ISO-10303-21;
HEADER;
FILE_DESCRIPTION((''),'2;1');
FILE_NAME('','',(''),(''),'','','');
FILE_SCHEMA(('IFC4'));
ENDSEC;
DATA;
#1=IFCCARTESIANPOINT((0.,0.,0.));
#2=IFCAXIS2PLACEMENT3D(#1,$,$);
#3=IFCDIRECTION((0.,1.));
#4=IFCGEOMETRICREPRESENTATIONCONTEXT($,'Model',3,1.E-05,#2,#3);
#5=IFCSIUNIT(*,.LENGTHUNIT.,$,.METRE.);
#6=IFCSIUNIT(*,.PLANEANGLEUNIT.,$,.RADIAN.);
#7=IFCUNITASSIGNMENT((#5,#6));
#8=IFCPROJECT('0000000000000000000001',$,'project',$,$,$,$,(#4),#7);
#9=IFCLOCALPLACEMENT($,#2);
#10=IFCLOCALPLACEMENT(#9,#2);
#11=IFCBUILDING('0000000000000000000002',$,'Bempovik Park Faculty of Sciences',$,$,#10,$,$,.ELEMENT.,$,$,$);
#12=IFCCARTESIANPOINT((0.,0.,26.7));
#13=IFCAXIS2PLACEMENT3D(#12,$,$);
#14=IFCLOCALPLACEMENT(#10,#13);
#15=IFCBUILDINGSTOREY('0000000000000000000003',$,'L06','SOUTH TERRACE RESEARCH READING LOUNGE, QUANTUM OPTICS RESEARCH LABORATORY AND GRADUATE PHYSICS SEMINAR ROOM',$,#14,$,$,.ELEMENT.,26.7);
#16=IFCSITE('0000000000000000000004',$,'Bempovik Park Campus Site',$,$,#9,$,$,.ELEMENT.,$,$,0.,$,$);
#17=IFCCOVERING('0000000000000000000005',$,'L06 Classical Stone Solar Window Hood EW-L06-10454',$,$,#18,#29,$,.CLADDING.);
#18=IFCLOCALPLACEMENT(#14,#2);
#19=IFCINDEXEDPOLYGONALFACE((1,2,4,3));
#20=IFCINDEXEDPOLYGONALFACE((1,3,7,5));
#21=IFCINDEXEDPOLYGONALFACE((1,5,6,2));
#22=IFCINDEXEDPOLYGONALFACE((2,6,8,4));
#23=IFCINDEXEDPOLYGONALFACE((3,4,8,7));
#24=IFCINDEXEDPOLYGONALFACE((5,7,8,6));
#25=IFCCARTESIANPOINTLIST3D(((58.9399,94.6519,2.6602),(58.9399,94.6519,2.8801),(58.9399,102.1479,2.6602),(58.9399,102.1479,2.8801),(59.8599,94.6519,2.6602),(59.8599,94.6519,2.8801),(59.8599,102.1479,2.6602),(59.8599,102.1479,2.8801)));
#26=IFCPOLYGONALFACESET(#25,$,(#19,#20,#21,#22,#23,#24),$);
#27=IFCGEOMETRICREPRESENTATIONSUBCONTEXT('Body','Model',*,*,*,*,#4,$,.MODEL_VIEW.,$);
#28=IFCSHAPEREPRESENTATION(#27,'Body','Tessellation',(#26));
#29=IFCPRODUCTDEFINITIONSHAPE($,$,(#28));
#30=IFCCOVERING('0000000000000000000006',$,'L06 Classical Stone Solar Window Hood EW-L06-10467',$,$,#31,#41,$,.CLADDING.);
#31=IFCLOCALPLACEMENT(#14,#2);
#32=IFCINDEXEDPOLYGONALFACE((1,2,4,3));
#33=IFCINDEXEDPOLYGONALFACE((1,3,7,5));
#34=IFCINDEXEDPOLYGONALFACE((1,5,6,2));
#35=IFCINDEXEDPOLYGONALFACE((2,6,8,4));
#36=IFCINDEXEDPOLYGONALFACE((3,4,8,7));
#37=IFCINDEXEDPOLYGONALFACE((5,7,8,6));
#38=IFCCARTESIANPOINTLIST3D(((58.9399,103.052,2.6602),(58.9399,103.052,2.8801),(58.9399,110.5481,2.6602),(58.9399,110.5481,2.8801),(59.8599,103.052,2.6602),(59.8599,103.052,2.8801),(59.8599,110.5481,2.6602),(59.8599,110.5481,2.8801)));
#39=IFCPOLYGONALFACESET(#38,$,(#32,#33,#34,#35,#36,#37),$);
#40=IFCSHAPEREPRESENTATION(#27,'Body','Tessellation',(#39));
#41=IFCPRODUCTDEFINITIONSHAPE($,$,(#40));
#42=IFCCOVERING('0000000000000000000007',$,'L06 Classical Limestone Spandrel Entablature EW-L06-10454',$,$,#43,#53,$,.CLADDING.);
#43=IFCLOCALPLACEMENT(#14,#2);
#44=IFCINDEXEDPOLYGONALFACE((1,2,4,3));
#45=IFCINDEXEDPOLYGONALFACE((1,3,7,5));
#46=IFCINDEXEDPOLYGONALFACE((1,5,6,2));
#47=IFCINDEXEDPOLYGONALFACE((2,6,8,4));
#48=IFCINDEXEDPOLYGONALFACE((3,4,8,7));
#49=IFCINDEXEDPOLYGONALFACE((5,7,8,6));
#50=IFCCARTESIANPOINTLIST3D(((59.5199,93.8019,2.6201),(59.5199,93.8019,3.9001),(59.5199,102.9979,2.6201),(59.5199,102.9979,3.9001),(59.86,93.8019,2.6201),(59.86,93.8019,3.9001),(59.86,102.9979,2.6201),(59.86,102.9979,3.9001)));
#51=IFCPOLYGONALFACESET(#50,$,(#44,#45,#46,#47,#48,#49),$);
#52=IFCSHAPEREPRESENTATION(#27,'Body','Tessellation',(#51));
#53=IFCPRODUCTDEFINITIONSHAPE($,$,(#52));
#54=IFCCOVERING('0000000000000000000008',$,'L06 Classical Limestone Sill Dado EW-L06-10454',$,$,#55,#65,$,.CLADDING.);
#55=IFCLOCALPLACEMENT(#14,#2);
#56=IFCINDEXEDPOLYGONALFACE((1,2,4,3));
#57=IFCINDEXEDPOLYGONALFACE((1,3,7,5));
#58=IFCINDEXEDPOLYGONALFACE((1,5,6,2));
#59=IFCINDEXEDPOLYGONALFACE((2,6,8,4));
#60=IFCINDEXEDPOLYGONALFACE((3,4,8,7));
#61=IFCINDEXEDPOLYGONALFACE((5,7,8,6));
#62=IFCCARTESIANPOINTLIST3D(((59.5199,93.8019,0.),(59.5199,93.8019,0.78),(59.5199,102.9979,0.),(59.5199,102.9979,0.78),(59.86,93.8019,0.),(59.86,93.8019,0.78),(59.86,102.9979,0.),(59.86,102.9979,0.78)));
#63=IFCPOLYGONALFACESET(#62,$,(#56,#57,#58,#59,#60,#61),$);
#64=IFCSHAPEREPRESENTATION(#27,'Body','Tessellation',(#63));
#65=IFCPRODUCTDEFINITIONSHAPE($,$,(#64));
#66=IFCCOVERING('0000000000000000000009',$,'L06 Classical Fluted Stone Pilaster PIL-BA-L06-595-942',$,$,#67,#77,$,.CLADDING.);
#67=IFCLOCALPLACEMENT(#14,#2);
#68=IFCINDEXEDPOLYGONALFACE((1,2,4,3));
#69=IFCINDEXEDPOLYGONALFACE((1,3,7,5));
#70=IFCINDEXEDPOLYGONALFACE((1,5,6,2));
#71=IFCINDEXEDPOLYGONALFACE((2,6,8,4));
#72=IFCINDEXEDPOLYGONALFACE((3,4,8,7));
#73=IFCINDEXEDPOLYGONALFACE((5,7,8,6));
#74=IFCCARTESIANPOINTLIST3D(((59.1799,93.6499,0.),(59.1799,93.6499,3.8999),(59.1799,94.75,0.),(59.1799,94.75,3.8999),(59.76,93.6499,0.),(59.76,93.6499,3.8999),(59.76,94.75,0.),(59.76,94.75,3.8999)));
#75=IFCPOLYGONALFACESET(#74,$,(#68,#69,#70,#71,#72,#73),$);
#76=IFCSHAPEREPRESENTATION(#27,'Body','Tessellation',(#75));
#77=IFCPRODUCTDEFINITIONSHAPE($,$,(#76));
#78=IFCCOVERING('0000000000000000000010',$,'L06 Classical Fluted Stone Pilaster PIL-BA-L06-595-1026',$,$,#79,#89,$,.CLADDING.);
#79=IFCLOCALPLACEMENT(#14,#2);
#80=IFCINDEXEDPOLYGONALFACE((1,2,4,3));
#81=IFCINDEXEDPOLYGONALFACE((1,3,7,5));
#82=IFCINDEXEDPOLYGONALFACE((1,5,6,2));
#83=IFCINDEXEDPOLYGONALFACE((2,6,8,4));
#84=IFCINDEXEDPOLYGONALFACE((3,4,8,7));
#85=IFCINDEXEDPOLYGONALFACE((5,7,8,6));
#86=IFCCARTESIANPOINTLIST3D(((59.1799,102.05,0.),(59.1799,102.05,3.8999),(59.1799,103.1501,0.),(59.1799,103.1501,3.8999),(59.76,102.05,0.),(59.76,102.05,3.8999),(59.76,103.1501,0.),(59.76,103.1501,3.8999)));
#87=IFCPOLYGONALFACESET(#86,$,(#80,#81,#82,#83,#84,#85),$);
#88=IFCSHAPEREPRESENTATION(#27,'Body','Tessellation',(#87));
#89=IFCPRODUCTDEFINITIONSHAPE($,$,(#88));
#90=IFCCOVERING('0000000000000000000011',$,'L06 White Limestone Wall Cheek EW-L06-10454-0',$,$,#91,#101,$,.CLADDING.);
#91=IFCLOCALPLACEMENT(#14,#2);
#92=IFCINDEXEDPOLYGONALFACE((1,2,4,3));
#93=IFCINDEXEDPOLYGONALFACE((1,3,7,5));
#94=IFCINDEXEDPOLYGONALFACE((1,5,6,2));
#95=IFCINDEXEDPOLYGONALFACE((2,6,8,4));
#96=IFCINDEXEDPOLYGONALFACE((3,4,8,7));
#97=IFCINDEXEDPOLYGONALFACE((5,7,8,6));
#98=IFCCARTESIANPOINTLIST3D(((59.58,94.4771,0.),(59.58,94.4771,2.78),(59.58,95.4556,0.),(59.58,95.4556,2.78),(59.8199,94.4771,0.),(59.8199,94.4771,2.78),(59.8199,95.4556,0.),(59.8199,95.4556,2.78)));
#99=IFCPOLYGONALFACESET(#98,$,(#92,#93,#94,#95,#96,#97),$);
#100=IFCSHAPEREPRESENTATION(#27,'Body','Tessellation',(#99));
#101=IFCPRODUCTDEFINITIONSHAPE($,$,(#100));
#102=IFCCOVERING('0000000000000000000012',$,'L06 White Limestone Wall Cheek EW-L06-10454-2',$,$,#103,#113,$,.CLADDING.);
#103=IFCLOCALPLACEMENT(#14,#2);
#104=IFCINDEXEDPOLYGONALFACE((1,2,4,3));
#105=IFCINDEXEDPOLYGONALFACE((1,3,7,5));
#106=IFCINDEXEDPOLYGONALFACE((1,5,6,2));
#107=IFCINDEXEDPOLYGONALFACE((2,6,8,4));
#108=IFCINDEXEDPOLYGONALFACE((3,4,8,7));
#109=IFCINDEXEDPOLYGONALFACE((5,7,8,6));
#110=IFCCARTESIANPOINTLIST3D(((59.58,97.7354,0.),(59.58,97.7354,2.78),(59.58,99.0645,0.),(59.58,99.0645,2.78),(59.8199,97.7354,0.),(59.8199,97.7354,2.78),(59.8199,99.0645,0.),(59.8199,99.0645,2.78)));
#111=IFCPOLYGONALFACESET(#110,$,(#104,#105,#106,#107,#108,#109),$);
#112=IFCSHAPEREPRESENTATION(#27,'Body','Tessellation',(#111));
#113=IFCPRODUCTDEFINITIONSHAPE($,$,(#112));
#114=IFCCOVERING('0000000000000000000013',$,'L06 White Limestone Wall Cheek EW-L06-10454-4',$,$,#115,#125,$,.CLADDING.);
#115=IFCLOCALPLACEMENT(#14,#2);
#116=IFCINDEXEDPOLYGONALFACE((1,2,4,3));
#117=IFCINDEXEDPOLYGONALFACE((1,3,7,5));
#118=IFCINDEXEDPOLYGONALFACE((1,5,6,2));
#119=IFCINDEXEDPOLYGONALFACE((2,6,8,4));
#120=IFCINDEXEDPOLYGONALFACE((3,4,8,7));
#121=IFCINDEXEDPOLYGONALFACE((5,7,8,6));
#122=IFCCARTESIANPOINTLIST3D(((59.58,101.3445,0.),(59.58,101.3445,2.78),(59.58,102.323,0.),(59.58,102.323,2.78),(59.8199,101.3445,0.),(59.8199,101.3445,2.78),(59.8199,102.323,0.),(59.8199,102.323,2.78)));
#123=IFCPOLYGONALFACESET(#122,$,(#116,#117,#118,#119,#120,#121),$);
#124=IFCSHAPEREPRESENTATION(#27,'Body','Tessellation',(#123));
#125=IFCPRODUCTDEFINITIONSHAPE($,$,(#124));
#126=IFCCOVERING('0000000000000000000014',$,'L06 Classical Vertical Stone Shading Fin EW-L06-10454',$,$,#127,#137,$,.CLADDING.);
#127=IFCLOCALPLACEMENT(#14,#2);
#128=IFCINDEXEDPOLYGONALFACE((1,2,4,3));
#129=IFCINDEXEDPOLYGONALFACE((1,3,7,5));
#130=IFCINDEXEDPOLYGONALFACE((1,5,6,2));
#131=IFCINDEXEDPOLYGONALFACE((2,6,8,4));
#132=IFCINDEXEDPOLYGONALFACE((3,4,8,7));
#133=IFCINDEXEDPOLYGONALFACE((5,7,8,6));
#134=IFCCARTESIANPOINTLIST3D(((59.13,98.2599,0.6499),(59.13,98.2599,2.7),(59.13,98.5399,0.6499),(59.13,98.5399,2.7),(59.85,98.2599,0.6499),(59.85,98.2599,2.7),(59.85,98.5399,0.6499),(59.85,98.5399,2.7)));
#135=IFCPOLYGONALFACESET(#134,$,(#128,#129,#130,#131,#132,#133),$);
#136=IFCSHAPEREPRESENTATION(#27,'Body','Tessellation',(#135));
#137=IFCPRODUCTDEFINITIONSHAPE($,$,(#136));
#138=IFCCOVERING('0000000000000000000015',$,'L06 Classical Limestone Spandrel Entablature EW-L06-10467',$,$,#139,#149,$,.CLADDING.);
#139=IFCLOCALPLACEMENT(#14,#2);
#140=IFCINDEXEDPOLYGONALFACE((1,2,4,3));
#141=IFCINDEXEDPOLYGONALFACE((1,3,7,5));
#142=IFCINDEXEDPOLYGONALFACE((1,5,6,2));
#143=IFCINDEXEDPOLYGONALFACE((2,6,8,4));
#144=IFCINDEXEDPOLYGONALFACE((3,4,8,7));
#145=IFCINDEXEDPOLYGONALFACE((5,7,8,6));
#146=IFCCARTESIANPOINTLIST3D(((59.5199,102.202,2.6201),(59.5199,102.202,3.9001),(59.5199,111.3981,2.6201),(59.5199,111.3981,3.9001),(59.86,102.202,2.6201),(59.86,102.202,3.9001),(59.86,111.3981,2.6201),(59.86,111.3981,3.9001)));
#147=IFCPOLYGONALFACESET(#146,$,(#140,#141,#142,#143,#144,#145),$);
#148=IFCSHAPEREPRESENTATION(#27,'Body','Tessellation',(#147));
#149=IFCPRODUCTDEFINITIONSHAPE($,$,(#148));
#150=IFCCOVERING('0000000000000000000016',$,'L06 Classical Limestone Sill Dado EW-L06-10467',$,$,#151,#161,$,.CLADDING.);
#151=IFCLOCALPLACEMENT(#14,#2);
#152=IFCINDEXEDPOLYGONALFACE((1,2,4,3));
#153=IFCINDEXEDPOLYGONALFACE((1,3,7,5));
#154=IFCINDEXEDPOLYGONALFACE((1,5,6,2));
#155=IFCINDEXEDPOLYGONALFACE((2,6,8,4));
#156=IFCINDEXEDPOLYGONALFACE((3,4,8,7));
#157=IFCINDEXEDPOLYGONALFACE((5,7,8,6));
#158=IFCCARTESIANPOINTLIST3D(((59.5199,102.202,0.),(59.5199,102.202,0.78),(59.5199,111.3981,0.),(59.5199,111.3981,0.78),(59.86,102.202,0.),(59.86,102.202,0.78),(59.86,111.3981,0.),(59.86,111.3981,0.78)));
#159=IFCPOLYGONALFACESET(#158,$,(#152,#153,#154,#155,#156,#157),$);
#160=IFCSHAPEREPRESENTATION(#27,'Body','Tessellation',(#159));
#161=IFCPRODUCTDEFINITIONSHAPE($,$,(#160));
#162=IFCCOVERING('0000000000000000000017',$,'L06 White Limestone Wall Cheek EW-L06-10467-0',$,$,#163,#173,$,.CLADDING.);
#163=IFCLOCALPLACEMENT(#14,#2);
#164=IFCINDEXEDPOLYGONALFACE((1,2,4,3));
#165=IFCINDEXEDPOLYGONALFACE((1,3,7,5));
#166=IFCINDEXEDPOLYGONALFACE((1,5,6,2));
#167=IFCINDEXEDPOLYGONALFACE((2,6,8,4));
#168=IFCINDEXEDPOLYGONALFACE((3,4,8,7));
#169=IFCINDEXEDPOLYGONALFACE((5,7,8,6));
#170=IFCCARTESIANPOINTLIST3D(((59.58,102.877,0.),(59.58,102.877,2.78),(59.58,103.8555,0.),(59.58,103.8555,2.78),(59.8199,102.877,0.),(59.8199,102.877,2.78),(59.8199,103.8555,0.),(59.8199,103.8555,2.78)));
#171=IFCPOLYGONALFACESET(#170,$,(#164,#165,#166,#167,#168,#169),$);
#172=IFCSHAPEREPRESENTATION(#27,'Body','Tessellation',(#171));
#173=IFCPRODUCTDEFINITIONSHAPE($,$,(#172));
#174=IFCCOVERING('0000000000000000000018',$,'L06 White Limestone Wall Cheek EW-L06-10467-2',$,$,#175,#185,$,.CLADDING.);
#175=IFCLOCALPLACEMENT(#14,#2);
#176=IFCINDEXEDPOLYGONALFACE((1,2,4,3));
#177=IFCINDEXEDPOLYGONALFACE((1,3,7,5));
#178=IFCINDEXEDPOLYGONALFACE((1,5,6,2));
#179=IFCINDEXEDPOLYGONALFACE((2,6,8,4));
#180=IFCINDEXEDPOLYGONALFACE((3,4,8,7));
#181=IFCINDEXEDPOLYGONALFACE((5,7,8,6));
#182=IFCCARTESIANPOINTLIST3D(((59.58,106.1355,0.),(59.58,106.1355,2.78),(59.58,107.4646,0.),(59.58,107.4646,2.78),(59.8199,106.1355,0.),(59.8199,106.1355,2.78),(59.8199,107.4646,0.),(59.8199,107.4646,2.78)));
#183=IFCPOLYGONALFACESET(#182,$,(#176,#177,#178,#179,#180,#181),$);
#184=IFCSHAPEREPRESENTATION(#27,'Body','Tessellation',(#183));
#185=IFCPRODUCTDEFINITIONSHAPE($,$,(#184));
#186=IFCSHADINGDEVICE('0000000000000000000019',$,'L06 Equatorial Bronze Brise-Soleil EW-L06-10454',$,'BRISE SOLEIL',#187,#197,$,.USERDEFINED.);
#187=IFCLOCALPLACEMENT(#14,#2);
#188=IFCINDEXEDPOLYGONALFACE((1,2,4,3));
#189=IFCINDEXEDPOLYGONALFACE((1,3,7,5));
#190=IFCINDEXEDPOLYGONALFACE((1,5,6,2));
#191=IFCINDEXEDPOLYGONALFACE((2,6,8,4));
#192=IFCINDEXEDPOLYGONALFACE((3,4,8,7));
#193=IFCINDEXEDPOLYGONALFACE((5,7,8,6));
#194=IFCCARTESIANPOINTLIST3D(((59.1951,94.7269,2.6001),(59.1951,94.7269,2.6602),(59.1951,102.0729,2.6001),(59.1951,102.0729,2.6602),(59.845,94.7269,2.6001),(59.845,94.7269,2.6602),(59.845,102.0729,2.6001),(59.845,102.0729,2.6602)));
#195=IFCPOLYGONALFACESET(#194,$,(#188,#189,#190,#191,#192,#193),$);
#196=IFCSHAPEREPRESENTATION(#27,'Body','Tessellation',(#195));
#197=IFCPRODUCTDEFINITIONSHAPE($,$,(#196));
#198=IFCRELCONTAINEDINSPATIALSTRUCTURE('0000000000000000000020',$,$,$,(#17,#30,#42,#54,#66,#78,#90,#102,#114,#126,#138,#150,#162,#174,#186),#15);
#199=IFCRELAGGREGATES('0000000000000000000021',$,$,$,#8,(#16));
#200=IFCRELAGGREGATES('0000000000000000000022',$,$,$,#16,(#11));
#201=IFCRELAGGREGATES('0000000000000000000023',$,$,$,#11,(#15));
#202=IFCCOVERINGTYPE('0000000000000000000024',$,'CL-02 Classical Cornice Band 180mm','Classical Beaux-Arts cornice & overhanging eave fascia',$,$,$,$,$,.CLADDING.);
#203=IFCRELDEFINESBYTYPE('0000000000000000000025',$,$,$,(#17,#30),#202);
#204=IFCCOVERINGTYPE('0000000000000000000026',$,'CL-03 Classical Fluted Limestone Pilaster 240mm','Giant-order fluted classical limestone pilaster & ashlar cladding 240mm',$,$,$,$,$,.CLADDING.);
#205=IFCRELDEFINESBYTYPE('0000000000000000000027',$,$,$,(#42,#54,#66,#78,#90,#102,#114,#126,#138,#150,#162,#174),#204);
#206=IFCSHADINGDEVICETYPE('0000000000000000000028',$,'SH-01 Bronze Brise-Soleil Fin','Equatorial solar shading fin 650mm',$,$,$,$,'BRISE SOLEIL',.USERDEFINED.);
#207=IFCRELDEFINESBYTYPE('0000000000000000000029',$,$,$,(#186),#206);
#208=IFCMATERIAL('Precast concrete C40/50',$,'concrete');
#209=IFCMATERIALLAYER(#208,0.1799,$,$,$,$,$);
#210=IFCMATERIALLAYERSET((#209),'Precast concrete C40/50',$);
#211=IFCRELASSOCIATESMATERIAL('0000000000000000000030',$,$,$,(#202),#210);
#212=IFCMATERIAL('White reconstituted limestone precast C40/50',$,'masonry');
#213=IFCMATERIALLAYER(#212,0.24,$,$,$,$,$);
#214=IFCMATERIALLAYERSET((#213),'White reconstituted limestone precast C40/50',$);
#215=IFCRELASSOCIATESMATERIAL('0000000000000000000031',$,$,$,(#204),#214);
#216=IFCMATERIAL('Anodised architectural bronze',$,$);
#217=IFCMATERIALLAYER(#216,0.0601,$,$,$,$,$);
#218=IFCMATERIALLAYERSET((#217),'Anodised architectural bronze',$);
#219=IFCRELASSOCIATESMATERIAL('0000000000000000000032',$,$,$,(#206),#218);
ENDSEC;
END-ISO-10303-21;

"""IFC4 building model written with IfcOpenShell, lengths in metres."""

from ifc_helpers import new_model, si_unit, direction, frame, origin, origin_2d, place, context, subcontext, project, spatial, rectangle, extrude, material, layer, layer_set, type_object, element, save


model = new_model("IFC4")

# Units and contexts
model_context = context("Model", 3, precision=1e-05, world=origin(), true_north=direction((0.0, 1.0)))
body_context = subcontext(model_context, "Body", "Model", "MODEL_VIEW")
ifc_project = project(units=[si_unit("LENGTHUNIT", "METRE"), si_unit("PLANEANGLEUNIT", "RADIAN")], contexts=[model_context])

# Site, building, storey
site_placement = place(None, origin())
site = spatial("IfcSite", under=ifc_project, at=site_placement, Name="Bempovik Park Campus Site", CompositionType="ELEMENT", RefElevation=0.0)
building_placement = place(site_placement, origin())
building = spatial("IfcBuilding", under=site, at=building_placement, Name="Bempovik Park Faculty of Sciences", CompositionType="ELEMENT")
storey_placement = place(building_placement, frame((0.0, 0.0, 26.7)))
storey = spatial("IfcBuildingStorey", under=building, at=storey_placement, Name="L06", Description="SOUTH TERRACE RESEARCH READING LOUNGE, QUANTUM OPTICS RESEARCH LABORATORY AND GRADUATE PHYSICS SEMINAR ROOM", CompositionType="ELEMENT", Elevation=26.7)

# Shared definitions
ifc_material_1 = material(Name="Precast concrete C40/50", Category="concrete")

# Coverings
ifc_layer_1 = layer(ifc_material_1, 0.1799)
ifc_layer_set_1 = layer_set([ifc_layer_1], Name="Precast concrete C40/50")
covering_type_1 = type_object("IfcCoveringType", Name="CL-02 Classical Cornice Band 180mm", Description="Classical Beaux-Arts cornice & overhanging eave fascia", PredefinedType="CLADDING", material=ifc_layer_set_1)
for number, where, z_axis, x_axis, name in (
    (1, (59.3999, 98.3999, 2.6602), (0.0, 0.0, 1.0), (1.0, 0.0, 0.0), "L06 Classical Stone Solar Window Hood EW-L06-10454"),
    (2, (59.3999, 106.8, 2.6602), (0.0, 0.0, 1.0), (1.0, 0.0, 0.0), "L06 Classical Stone Solar Window Hood EW-L06-10467"),
):
    element("IfcCovering", number, at=place(storey_placement, frame(where, z_axis=z_axis, x_axis=x_axis)), inside=storey, type_object=covering_type_1, Name=name, PredefinedType="CLADDING", context=body_context, shape_type="SweptSolid", body=[
        extrude(rectangle(XDim=0.9199, YDim=7.4961, at=origin_2d()), origin(), (0.0, 0.0, 1.0), 0.22),
    ])
ifc_material_2 = material(Name="White reconstituted limestone precast C40/50", Category="masonry")
ifc_layer_2 = layer(ifc_material_2, 0.24)
ifc_layer_set_2 = layer_set([ifc_layer_2], Name="White reconstituted limestone precast C40/50")
covering_type_2 = type_object("IfcCoveringType", Name="CL-03 Classical Fluted Limestone Pilaster 240mm", Description="Giant-order fluted classical limestone pilaster & ashlar cladding 240mm", PredefinedType="CLADDING", material=ifc_layer_set_2)
covering_1_placement = place(storey_placement, frame((59.6899, 98.3999, 2.6201), z_axis=(0.0, 0.0, 1.0), x_axis=(1.0, 0.0, 0.0)))
element("IfcCovering", 3, at=covering_1_placement, inside=storey, type_object=covering_type_2, Name="L06 Classical Limestone Spandrel Entablature EW-L06-10454", PredefinedType="CLADDING", context=body_context, shape_type="SweptSolid", body=[
    extrude(rectangle(XDim=0.3401, YDim=9.196, at=origin_2d()), origin(), (0.0, 0.0, 1.0), 1.28),
])
covering_2_placement = place(storey_placement, frame((59.6899, 98.3999, 0.0), z_axis=(0.0, 0.0, 1.0), x_axis=(1.0, 0.0, 0.0)))
element("IfcCovering", 4, at=covering_2_placement, inside=storey, type_object=covering_type_2, Name="L06 Classical Limestone Sill Dado EW-L06-10454", PredefinedType="CLADDING", context=body_context, shape_type="SweptSolid", body=[
    extrude(rectangle(XDim=0.3401, YDim=9.196, at=origin_2d()), origin(), (0.0, 0.0, 1.0), 0.78),
])
for number, where, z_axis, x_axis, name in (
    (5, (59.47, 94.2, 0.0), (0.0, 0.0, 1.0), (1.0, 0.0, 0.0), "L06 Classical Fluted Stone Pilaster PIL-BA-L06-595-942"),
    (6, (59.47, 102.6001, 0.0), (0.0, 0.0, 1.0), (1.0, 0.0, 0.0), "L06 Classical Fluted Stone Pilaster PIL-BA-L06-595-1026"),
):
    element("IfcCovering", number, at=place(storey_placement, frame(where, z_axis=z_axis, x_axis=x_axis)), inside=storey, type_object=covering_type_2, Name=name, PredefinedType="CLADDING", context=body_context, shape_type="SweptSolid", body=[
        extrude(rectangle(XDim=0.5801, YDim=1.1001, at=origin_2d()), origin(), (0.0, 0.0, 1.0), 3.8999),
    ])
covering_3_placement = place(storey_placement, frame((59.7, 94.9663, 0.0), z_axis=(0.0, 0.0, 1.0), x_axis=(1.0, 0.0, 0.0)))
element("IfcCovering", 7, at=covering_3_placement, inside=storey, type_object=covering_type_2, Name="L06 White Limestone Wall Cheek EW-L06-10454-0", PredefinedType="CLADDING", context=body_context, shape_type="SweptSolid", body=[
    extrude(rectangle(XDim=0.24, YDim=0.9785, at=origin_2d()), origin(), (0.0, 0.0, 1.0), 2.78),
])
covering_4_placement = place(storey_placement, frame((59.7, 98.3999, 0.0), z_axis=(0.0, 0.0, 1.0), x_axis=(1.0, 0.0, 0.0)))
element("IfcCovering", 8, at=covering_4_placement, inside=storey, type_object=covering_type_2, Name="L06 White Limestone Wall Cheek EW-L06-10454-2", PredefinedType="CLADDING", context=body_context, shape_type="SweptSolid", body=[
    extrude(rectangle(XDim=0.24, YDim=1.3291, at=origin_2d()), origin(), (0.0, 0.0, 1.0), 2.78),
])
covering_5_placement = place(storey_placement, frame((59.7, 101.8337, 0.0), z_axis=(0.0, 0.0, 1.0), x_axis=(1.0, 0.0, 0.0)))
element("IfcCovering", 9, at=covering_5_placement, inside=storey, type_object=covering_type_2, Name="L06 White Limestone Wall Cheek EW-L06-10454-4", PredefinedType="CLADDING", context=body_context, shape_type="SweptSolid", body=[
    extrude(rectangle(XDim=0.24, YDim=0.9785, at=origin_2d()), origin(), (0.0, 0.0, 1.0), 2.78),
])
covering_6_placement = place(storey_placement, frame((59.49, 98.3999, 0.6499), z_axis=(0.0, 0.0, 1.0), x_axis=(1.0, 0.0, 0.0)))
element("IfcCovering", 10, at=covering_6_placement, inside=storey, type_object=covering_type_2, Name="L06 Classical Vertical Stone Shading Fin EW-L06-10454", PredefinedType="CLADDING", context=body_context, shape_type="SweptSolid", body=[
    extrude(rectangle(XDim=0.72, YDim=0.28, at=origin_2d()), origin(), (0.0, 0.0, 1.0), 2.05),
])
covering_7_placement = place(storey_placement, frame((59.6899, 106.8, 2.6201), z_axis=(0.0, 0.0, 1.0), x_axis=(1.0, 0.0, 0.0)))
element("IfcCovering", 11, at=covering_7_placement, inside=storey, type_object=covering_type_2, Name="L06 Classical Limestone Spandrel Entablature EW-L06-10467", PredefinedType="CLADDING", context=body_context, shape_type="SweptSolid", body=[
    extrude(rectangle(XDim=0.3401, YDim=9.196, at=origin_2d()), origin(), (0.0, 0.0, 1.0), 1.28),
])
covering_8_placement = place(storey_placement, frame((59.6899, 106.8, 0.0), z_axis=(0.0, 0.0, 1.0), x_axis=(1.0, 0.0, 0.0)))
element("IfcCovering", 12, at=covering_8_placement, inside=storey, type_object=covering_type_2, Name="L06 Classical Limestone Sill Dado EW-L06-10467", PredefinedType="CLADDING", context=body_context, shape_type="SweptSolid", body=[
    extrude(rectangle(XDim=0.3401, YDim=9.196, at=origin_2d()), origin(), (0.0, 0.0, 1.0), 0.78),
])
covering_9_placement = place(storey_placement, frame((59.7, 103.3662, 0.0), z_axis=(0.0, 0.0, 1.0), x_axis=(1.0, 0.0, 0.0)))
element("IfcCovering", 13, at=covering_9_placement, inside=storey, type_object=covering_type_2, Name="L06 White Limestone Wall Cheek EW-L06-10467-0", PredefinedType="CLADDING", context=body_context, shape_type="SweptSolid", body=[
    extrude(rectangle(XDim=0.24, YDim=0.9785, at=origin_2d()), origin(), (0.0, 0.0, 1.0), 2.78),
])
covering_10_placement = place(storey_placement, frame((59.7, 106.8, 0.0), z_axis=(0.0, 0.0, 1.0), x_axis=(1.0, 0.0, 0.0)))
element("IfcCovering", 14, at=covering_10_placement, inside=storey, type_object=covering_type_2, Name="L06 White Limestone Wall Cheek EW-L06-10467-2", PredefinedType="CLADDING", context=body_context, shape_type="SweptSolid", body=[
    extrude(rectangle(XDim=0.24, YDim=1.3291, at=origin_2d()), origin(), (0.0, 0.0, 1.0), 2.78),
])

# Shading device
ifc_material_3 = material(Name="Anodised architectural bronze")
ifc_layer_3 = layer(ifc_material_3, 0.0601)
ifc_layer_set_3 = layer_set([ifc_layer_3], Name="Anodised architectural bronze")
shading_device_type = type_object("IfcShadingDeviceType", Name="SH-01 Bronze Brise-Soleil Fin", Description="Equatorial solar shading fin 650mm", ElementType="BRISE SOLEIL", PredefinedType="USERDEFINED", material=ifc_layer_set_3)
for number, where, z_axis, x_axis, name in (
    (15, (59.52, 98.3999, 2.6001), (0.0, 0.0, 1.0), (1.0, 0.0, 0.0), "L06 Equatorial Bronze Brise-Soleil EW-L06-10454"),
):
    element("IfcShadingDevice", number, at=place(storey_placement, frame(where, z_axis=z_axis, x_axis=x_axis)), inside=storey, type_object=shading_device_type, Name=name, ObjectType="BRISE SOLEIL", PredefinedType="USERDEFINED", context=body_context, shape_type="SweptSolid", body=[
        extrude(rectangle(XDim=0.6499, YDim=7.3459, at=origin_2d()), origin(), (0.0, 0.0, 1.0), 0.0601),
    ])

save(model, "model.ifc")
